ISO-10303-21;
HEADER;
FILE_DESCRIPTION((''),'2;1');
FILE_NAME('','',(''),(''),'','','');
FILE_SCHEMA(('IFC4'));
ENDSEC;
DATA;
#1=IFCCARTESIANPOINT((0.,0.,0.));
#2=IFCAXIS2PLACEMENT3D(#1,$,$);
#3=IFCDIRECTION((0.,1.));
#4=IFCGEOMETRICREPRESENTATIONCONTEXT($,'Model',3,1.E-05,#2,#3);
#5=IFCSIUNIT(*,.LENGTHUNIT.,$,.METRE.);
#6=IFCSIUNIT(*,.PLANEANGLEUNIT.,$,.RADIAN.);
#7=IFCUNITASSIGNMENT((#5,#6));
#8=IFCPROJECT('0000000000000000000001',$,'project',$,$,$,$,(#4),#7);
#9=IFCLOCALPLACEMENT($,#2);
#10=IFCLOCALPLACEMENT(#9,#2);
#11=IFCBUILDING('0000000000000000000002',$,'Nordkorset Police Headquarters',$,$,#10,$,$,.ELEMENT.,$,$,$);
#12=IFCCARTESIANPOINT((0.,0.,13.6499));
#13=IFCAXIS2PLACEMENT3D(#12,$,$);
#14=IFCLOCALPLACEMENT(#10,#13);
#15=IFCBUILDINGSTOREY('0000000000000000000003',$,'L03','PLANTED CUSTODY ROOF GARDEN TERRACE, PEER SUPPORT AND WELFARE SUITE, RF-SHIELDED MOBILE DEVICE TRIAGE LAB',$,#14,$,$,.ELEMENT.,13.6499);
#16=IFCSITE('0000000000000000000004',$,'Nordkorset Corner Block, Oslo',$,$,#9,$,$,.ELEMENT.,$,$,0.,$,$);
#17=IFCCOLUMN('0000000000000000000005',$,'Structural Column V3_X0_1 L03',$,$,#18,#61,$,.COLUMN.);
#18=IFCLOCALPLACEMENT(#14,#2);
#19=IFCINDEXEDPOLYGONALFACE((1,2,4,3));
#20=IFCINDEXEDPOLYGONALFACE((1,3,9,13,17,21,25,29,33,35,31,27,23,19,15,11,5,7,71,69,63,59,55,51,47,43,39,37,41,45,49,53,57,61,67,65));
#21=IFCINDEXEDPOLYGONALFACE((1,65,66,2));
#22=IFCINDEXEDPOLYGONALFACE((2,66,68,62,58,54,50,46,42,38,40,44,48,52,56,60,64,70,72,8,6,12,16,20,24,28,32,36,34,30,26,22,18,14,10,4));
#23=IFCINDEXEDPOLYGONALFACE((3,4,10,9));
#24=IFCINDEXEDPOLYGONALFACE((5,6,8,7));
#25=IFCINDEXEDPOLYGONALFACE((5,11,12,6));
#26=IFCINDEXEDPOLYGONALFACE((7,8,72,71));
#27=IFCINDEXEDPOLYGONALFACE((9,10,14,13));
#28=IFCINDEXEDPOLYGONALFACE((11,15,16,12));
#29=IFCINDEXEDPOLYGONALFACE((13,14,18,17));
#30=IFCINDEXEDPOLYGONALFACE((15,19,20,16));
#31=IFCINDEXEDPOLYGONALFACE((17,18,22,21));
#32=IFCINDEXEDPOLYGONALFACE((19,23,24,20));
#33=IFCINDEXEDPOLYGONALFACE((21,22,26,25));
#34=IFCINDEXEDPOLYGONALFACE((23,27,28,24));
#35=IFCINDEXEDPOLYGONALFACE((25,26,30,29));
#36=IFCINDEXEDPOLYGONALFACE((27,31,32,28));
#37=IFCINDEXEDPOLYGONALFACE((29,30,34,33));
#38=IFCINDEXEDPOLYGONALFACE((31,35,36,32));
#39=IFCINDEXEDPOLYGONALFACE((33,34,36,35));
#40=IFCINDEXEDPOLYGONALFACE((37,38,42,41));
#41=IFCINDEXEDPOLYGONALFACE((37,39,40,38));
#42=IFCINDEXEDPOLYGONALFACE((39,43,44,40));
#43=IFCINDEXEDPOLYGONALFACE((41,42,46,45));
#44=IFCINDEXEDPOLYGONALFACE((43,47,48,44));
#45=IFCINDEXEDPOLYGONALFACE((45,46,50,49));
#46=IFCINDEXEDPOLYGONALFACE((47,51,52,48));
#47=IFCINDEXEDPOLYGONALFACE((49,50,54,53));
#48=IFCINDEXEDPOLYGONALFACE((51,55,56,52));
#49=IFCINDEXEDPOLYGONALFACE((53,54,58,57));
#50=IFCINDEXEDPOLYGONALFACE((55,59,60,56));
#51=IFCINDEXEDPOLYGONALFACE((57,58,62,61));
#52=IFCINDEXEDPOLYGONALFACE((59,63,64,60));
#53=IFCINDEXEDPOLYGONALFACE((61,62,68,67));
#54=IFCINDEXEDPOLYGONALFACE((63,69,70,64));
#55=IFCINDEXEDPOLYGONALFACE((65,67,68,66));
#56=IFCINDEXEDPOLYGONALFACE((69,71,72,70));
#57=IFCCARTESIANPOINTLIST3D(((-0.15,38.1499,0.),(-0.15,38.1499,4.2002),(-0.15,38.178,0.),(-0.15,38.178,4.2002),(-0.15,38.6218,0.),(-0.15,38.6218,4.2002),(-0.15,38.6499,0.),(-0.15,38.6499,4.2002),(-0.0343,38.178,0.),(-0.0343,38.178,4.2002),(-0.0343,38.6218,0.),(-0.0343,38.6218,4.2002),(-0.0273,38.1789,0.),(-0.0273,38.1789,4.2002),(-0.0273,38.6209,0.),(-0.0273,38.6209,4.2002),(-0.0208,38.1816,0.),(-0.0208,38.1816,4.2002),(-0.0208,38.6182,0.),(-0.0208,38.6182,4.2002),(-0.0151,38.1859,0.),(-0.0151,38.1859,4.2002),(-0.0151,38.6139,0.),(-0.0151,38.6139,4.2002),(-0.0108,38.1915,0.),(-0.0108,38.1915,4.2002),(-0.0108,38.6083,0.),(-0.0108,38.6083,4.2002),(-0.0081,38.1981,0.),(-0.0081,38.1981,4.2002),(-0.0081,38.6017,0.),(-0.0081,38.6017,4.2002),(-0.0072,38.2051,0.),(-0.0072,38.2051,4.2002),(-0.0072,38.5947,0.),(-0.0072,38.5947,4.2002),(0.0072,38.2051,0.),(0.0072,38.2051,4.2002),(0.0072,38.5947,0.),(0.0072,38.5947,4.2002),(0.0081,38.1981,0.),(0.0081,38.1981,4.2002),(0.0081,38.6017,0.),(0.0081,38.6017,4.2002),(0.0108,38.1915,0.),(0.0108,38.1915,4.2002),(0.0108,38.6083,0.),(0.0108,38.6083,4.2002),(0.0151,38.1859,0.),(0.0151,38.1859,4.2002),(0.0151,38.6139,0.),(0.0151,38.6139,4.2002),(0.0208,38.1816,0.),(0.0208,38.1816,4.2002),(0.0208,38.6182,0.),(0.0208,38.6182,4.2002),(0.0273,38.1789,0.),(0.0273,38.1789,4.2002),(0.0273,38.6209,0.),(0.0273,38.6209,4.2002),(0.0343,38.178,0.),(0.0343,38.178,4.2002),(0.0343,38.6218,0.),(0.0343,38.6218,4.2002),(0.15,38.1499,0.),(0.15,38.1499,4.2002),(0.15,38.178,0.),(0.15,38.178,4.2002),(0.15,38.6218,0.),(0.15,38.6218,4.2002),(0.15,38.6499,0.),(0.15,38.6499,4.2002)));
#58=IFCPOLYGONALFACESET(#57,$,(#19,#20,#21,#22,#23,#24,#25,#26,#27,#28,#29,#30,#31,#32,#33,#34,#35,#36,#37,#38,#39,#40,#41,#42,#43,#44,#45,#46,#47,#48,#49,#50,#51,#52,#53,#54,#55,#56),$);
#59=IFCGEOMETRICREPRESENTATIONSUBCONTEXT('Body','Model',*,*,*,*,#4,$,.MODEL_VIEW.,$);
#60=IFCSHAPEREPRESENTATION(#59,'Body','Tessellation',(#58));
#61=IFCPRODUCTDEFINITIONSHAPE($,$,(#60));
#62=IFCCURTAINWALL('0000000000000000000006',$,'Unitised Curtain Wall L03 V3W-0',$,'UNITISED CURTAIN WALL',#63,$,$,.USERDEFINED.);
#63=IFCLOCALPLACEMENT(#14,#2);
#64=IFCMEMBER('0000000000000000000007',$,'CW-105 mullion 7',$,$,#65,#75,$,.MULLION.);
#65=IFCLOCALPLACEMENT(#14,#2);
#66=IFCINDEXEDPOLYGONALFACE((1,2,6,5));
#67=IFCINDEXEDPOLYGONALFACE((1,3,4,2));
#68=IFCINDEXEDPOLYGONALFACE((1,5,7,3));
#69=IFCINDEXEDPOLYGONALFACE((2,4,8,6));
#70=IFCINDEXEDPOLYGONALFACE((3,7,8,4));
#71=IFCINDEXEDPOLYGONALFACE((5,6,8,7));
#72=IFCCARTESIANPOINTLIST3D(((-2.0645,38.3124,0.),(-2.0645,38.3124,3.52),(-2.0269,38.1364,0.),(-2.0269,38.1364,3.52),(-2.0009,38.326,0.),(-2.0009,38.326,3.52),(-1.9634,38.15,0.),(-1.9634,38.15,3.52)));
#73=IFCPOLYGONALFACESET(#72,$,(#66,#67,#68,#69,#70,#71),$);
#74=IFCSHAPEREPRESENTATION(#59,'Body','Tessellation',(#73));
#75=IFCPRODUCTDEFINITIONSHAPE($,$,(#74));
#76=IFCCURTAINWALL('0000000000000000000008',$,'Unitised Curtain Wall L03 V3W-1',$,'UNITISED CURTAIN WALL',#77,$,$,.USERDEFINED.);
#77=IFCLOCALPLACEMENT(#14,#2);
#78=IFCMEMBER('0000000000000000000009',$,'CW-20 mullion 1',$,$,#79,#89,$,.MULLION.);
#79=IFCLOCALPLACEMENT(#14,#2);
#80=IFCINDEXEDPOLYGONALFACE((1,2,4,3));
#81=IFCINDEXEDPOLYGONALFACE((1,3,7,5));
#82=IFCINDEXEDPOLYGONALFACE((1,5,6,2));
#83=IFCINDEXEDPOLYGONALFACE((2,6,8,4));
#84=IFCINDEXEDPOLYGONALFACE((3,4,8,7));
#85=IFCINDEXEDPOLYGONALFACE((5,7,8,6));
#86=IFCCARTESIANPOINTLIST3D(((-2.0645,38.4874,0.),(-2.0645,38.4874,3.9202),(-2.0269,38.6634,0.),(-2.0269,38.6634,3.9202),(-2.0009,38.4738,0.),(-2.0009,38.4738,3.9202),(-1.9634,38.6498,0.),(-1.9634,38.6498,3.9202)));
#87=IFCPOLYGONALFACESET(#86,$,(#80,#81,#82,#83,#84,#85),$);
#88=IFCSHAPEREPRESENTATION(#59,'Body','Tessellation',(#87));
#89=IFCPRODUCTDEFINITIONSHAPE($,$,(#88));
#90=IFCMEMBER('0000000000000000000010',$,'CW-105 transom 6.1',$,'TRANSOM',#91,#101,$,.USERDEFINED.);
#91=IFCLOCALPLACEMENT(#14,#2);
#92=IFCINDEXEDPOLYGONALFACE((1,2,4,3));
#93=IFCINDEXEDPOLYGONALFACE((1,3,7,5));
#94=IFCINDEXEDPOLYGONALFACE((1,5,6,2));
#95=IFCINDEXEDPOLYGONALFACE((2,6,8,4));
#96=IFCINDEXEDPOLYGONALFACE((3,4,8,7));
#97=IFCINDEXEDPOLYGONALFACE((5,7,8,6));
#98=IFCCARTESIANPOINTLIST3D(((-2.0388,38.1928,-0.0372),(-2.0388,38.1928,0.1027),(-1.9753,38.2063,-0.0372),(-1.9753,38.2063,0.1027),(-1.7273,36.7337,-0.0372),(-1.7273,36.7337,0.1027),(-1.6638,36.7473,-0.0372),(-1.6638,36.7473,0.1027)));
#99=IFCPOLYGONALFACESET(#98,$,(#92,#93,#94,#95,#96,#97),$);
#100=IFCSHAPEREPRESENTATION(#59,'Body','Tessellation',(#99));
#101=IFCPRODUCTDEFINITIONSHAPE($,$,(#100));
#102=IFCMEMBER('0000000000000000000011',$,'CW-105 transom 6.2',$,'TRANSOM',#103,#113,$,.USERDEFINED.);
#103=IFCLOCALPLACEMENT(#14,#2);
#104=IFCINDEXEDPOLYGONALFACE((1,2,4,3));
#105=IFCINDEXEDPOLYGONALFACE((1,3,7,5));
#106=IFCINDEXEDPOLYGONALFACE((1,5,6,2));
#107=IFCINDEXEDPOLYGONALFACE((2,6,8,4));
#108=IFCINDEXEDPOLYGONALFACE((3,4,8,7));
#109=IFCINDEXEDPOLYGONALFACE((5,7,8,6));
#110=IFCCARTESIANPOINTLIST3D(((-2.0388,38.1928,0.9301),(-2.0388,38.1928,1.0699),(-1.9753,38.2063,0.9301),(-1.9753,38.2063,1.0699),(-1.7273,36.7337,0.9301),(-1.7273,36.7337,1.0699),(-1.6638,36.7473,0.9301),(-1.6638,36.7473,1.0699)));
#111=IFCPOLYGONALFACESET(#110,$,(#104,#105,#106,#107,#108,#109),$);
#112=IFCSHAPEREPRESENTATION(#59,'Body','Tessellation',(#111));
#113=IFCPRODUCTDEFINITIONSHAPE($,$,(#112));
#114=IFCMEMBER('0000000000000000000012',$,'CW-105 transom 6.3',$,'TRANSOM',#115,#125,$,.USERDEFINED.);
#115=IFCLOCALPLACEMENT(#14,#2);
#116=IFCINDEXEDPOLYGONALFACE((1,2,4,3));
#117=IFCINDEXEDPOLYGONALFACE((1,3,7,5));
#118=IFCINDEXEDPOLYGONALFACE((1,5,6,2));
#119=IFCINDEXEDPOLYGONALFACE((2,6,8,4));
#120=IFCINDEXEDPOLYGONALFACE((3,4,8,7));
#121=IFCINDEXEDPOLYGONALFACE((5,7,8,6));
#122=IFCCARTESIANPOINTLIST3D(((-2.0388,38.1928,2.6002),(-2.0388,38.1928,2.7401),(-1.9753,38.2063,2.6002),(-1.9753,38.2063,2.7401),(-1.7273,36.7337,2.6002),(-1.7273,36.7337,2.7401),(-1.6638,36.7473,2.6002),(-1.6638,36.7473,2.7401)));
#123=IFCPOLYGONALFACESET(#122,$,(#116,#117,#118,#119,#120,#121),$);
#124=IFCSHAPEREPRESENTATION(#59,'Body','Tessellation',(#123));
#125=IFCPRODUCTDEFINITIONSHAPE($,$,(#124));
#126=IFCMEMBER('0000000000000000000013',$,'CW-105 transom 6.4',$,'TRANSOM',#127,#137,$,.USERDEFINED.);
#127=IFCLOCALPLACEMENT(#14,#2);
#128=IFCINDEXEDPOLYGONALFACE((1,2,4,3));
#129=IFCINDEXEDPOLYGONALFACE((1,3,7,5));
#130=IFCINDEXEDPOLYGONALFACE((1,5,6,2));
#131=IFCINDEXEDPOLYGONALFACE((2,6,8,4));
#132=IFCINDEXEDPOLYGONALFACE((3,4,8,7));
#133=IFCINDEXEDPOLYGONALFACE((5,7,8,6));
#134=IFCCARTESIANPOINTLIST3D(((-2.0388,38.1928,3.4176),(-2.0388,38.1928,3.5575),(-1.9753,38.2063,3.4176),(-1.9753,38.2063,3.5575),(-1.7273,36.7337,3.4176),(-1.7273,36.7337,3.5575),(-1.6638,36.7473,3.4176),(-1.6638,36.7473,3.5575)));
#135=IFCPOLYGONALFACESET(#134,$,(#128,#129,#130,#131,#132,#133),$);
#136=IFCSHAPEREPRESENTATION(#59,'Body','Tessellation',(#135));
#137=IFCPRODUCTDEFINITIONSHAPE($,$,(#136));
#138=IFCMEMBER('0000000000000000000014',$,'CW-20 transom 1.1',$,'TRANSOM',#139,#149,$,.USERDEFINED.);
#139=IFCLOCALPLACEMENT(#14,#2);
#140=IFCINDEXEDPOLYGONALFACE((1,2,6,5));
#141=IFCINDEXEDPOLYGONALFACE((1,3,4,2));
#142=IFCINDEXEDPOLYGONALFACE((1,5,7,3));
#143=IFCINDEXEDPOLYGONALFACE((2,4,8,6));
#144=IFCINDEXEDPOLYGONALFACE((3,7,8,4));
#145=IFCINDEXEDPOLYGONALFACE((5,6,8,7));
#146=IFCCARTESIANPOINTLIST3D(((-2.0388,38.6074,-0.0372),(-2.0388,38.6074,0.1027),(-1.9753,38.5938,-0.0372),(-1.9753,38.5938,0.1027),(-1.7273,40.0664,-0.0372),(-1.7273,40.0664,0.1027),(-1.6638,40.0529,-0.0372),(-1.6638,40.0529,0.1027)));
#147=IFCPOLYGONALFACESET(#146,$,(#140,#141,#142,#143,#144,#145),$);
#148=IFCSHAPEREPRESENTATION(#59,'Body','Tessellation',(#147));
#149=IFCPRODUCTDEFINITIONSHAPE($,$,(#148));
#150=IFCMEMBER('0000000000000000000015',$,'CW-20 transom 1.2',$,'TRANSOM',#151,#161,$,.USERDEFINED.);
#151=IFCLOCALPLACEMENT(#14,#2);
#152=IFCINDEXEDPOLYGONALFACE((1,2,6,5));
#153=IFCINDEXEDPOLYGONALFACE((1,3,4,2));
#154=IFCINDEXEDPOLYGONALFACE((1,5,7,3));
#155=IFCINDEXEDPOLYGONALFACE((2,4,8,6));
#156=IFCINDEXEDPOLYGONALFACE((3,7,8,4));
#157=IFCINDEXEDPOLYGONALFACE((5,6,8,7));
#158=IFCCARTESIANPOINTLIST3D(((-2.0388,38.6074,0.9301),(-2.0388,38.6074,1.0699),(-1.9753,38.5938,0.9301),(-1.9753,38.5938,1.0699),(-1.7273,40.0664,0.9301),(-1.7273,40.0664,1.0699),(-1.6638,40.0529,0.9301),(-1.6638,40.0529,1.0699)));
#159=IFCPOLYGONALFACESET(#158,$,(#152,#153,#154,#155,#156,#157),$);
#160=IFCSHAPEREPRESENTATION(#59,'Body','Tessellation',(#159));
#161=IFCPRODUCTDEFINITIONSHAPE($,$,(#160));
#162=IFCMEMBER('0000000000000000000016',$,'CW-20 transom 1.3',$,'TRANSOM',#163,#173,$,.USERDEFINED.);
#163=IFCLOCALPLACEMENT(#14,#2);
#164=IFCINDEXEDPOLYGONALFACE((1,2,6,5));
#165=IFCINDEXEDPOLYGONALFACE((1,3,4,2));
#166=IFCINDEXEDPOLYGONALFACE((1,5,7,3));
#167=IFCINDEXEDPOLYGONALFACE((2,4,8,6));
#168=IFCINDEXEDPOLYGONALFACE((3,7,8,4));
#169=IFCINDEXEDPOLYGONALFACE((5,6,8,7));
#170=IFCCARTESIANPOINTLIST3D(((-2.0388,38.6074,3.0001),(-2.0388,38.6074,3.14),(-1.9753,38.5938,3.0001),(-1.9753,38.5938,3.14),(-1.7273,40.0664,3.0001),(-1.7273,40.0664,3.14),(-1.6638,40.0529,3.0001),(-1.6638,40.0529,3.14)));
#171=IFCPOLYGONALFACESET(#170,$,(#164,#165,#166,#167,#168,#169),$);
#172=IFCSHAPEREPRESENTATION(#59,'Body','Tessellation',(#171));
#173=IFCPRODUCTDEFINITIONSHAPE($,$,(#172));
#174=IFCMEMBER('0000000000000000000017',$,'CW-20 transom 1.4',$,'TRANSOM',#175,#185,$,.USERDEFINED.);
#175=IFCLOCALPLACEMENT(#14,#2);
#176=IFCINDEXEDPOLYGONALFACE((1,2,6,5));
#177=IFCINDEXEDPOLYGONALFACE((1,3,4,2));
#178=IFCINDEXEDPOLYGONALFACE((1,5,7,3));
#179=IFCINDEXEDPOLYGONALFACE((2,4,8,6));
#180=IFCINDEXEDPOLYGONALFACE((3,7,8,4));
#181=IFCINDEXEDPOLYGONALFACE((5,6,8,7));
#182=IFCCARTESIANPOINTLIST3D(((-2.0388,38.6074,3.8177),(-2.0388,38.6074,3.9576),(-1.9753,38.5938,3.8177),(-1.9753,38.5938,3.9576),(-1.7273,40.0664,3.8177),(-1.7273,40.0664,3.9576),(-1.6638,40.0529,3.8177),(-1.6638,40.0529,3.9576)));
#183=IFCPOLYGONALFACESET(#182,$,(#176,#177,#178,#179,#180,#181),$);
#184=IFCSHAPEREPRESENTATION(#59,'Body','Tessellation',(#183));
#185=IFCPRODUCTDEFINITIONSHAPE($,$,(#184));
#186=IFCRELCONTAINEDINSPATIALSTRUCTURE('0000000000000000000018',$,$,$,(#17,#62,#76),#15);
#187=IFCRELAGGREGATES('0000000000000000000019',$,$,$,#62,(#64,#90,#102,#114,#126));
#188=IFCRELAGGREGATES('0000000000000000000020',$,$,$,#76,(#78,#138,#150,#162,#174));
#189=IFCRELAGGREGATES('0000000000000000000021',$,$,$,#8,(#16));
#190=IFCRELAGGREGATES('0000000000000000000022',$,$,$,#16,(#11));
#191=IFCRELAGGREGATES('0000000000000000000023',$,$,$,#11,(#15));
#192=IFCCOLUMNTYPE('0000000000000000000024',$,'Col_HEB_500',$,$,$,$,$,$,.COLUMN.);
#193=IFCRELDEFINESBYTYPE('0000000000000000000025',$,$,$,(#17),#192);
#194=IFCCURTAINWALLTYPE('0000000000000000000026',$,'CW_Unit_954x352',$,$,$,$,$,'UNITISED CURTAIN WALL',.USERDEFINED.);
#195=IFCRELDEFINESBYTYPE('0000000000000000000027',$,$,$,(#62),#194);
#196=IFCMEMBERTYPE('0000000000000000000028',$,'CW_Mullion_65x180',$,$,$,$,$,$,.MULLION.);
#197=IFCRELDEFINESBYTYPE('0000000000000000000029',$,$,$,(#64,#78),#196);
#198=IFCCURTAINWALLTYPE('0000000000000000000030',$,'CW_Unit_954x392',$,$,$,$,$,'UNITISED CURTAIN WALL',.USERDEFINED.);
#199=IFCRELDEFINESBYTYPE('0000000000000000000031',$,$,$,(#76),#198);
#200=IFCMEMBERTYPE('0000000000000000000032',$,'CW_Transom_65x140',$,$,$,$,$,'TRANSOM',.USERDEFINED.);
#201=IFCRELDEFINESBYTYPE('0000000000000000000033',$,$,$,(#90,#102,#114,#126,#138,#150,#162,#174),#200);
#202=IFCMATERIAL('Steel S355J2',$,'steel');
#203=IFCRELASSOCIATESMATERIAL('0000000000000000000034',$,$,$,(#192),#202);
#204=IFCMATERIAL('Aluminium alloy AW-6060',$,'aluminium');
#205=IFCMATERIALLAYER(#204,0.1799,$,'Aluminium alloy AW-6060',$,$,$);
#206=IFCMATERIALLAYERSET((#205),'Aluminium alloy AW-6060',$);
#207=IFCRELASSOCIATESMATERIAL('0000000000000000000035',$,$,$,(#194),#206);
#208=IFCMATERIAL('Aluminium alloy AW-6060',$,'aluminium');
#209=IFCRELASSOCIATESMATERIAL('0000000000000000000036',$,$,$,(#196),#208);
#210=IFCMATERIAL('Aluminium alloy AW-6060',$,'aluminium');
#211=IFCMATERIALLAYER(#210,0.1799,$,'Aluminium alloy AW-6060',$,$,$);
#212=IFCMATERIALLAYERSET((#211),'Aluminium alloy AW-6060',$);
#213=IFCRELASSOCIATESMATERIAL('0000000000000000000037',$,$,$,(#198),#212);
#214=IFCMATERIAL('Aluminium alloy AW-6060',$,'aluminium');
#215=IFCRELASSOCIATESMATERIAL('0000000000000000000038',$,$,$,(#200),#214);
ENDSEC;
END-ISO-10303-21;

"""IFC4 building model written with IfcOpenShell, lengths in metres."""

from ifc_helpers import new_model, si_unit, direction, frame, origin, origin_2d, place, context, subcontext, project, spatial, rectangle, i_section, extrude, material, layer, layer_set, material_profile, profile_set, type_object, element, aggregate, save


model = new_model("IFC4")

# Units and contexts
model_context = context("Model", 3, precision=1e-05, world=origin(), true_north=direction((0.0, 1.0)))
body_context = subcontext(model_context, "Body", "Model", "MODEL_VIEW")
ifc_project = project(units=[si_unit("LENGTHUNIT", "METRE"), si_unit("PLANEANGLEUNIT", "RADIAN")], contexts=[model_context])

# Site, building, storey
site_placement = place(None, origin())
site = spatial("IfcSite", under=ifc_project, at=site_placement, Name="Nordkorset Corner Block, Oslo", CompositionType="ELEMENT", RefElevation=0.0)
building_placement = place(site_placement, origin())
building = spatial("IfcBuilding", under=site, at=building_placement, Name="Nordkorset Police Headquarters", CompositionType="ELEMENT")
storey_placement = place(building_placement, frame((0.0, 0.0, 13.6499)))
storey = spatial("IfcBuildingStorey", under=building, at=storey_placement, Name="L03", Description="PLANTED CUSTODY ROOF GARDEN TERRACE, PEER SUPPORT AND WELFARE SUITE, RF-SHIELDED MOBILE DEVICE TRIAGE LAB", CompositionType="ELEMENT", Elevation=13.6499)

# Column
ifc_material_1 = material(Name="Steel S355J2", Category="steel")
ifc_material_profile_1 = material_profile(ifc_material_1, i_section(OverallWidth=0.3, OverallDepth=0.5, WebThickness=0.0144, FlangeThickness=0.0281, FilletRadius=0.0271, at=origin_2d()), Name="HEB 500")
ifc_profile_set_1 = profile_set([ifc_material_profile_1], Name="Steel S355J2")
column_type = type_object("IfcColumnType", Name="Col_HEB_500", PredefinedType="COLUMN", material=ifc_profile_set_1)
column_placement = place(storey_placement, frame((0.0, 38.3999, 0.0), z_axis=(0.0, 0.0, 1.0), x_axis=(1.0, 0.0, 0.0)))
element("IfcColumn", 1, at=column_placement, inside=storey, type_object=column_type, Name="Structural Column V3_X0_1 L03", PredefinedType="COLUMN", context=body_context, shape_type="SweptSolid", body=[
    extrude(i_section(OverallWidth=0.3, OverallDepth=0.5, WebThickness=0.0144, FlangeThickness=0.0281, FilletRadius=0.0271, at=origin_2d()), origin(), (0.0, 0.0, 1.0), 4.2002),
])

# Curtain walls, members
ifc_material_2 = material(Name="Aluminium alloy AW-6060", Category="aluminium")
ifc_layer_1 = layer(ifc_material_2, 0.1799, Name="Aluminium alloy AW-6060")
ifc_layer_set_1 = layer_set([ifc_layer_1], Name="Aluminium alloy AW-6060")
curtain_wall_type_1 = type_object("IfcCurtainWallType", Name="CW_Unit_954x352", ElementType="UNITISED CURTAIN WALL", PredefinedType="USERDEFINED", material=ifc_layer_set_1)
curtain_wall_1_placement = place(storey_placement, origin())
curtain_wall_1 = element("IfcCurtainWall", 2, at=curtain_wall_1_placement, inside=storey, type_object=curtain_wall_type_1, Name="Unitised Curtain Wall L03 V3W-0", ObjectType="UNITISED CURTAIN WALL", PredefinedType="USERDEFINED")
ifc_material_3 = material(Name="Aluminium alloy AW-6060", Category="aluminium")
ifc_material_profile_2 = material_profile(ifc_material_3, rectangle(XDim=0.0649, YDim=0.1799, at=origin_2d()), Name="ALU MULL 65x180")
ifc_profile_set_2 = profile_set([ifc_material_profile_2], Name="Aluminium alloy AW-6060")
member_type_1 = type_object("IfcMemberType", Name="CW_Mullion_65x180", PredefinedType="MULLION", material=ifc_profile_set_2)
member_1_placement = place(storey_placement, frame((-2.0139, 38.2312, 0.0), z_axis=(0.0, 0.0, 1.0), x_axis=(-0.977951, -0.208833, 0.0)))
member_1 = element("IfcMember", 3, at=member_1_placement, type_object=member_type_1, Name="CW-105 mullion 7", PredefinedType="MULLION", context=body_context, shape_type="SweptSolid", body=[
    extrude(rectangle(XDim=0.0649, YDim=0.1799, at=origin_2d()), origin(), (0.0, 0.0, 1.0), 3.52),
])
ifc_material_4 = material(Name="Aluminium alloy AW-6060", Category="aluminium")
ifc_layer_2 = layer(ifc_material_4, 0.1799, Name="Aluminium alloy AW-6060")
ifc_layer_set_2 = layer_set([ifc_layer_2], Name="Aluminium alloy AW-6060")
curtain_wall_type_2 = type_object("IfcCurtainWallType", Name="CW_Unit_954x392", ElementType="UNITISED CURTAIN WALL", PredefinedType="USERDEFINED", material=ifc_layer_set_2)
curtain_wall_2_placement = place(storey_placement, origin())
curtain_wall_2 = element("IfcCurtainWall", 4, at=curtain_wall_2_placement, inside=storey, type_object=curtain_wall_type_2, Name="Unitised Curtain Wall L03 V3W-1", ObjectType="UNITISED CURTAIN WALL", PredefinedType="USERDEFINED")
member_2_placement = place(storey_placement, frame((-2.0139, 38.5686, 0.0), z_axis=(0.0, 0.0, 1.0), x_axis=(-0.977951, 0.208833, 0.0)))
member_2 = element("IfcMember", 5, at=member_2_placement, type_object=member_type_1, Name="CW-20 mullion 1", PredefinedType="MULLION", context=body_context, shape_type="SweptSolid", body=[
    extrude(rectangle(XDim=0.0649, YDim=0.1799, at=origin_2d()), origin(), (0.0, 0.0, 1.0), 3.9202),
])

# Members
ifc_material_5 = material(Name="Aluminium alloy AW-6060", Category="aluminium")
ifc_material_profile_3 = material_profile(ifc_material_5, rectangle(XDim=0.0649, YDim=0.1399, at=origin_2d()), Name="ALU TRAN 65x140")
ifc_profile_set_3 = profile_set([ifc_material_profile_3], Name="Aluminium alloy AW-6060")
member_type_2 = type_object("IfcMemberType", Name="CW_Transom_65x140", ElementType="TRANSOM", PredefinedType="USERDEFINED", material=ifc_profile_set_3)
member_3_placement = place(storey_placement, frame((-1.6956, 36.7405, 0.0327), z_axis=(-0.208814, 0.977955, 0.0), x_axis=(-0.977955, -0.208814, 0.0)))
member_3 = element("IfcMember", 6, at=member_3_placement, type_object=member_type_2, Name="CW-105 transom 6.1", ObjectType="TRANSOM", PredefinedType="USERDEFINED", context=body_context, shape_type="SweptSolid", body=[
    extrude(rectangle(XDim=0.0649, YDim=0.1399, at=origin_2d()), origin(), (0.0, 0.0, 1.0), 1.4919),
])
member_4_placement = place(storey_placement, frame((-1.6956, 36.7405, 1.0), z_axis=(-0.208814, 0.977955, 0.0), x_axis=(-0.977955, -0.208814, 0.0)))
member_4 = element("IfcMember", 7, at=member_4_placement, type_object=member_type_2, Name="CW-105 transom 6.2", ObjectType="TRANSOM", PredefinedType="USERDEFINED", context=body_context, shape_type="SweptSolid", body=[
    extrude(rectangle(XDim=0.0649, YDim=0.1399, at=origin_2d()), origin(), (0.0, 0.0, 1.0), 1.4919),
])
member_5_placement = place(storey_placement, frame((-1.6956, 36.7405, 2.6702), z_axis=(-0.208814, 0.977955, 0.0), x_axis=(-0.977955, -0.208814, 0.0)))
member_5 = element("IfcMember", 8, at=member_5_placement, type_object=member_type_2, Name="CW-105 transom 6.3", ObjectType="TRANSOM", PredefinedType="USERDEFINED", context=body_context, shape_type="SweptSolid", body=[
    extrude(rectangle(XDim=0.0649, YDim=0.1399, at=origin_2d()), origin(), (0.0, 0.0, 1.0), 1.4919),
])
member_6_placement = place(storey_placement, frame((-1.6956, 36.7405, 3.4875), z_axis=(-0.208814, 0.977955, 0.0), x_axis=(-0.977955, -0.208814, 0.0)))
member_6 = element("IfcMember", 9, at=member_6_placement, type_object=member_type_2, Name="CW-105 transom 6.4", ObjectType="TRANSOM", PredefinedType="USERDEFINED", context=body_context, shape_type="SweptSolid", body=[
    extrude(rectangle(XDim=0.0649, YDim=0.1399, at=origin_2d()), origin(), (0.0, 0.0, 1.0), 1.4919),
])
member_7_placement = place(storey_placement, frame((-2.0071, 38.6006, 0.0327), z_axis=(0.208814, 0.977955, 0.0), x_axis=(-0.977955, 0.208814, 0.0)))
member_7 = element("IfcMember", 10, at=member_7_placement, type_object=member_type_2, Name="CW-20 transom 1.1", ObjectType="TRANSOM", PredefinedType="USERDEFINED", context=body_context, shape_type="SweptSolid", body=[
    extrude(rectangle(XDim=0.0649, YDim=0.1399, at=origin_2d()), origin(), (0.0, 0.0, 1.0), 1.4919),
])
member_8_placement = place(storey_placement, frame((-2.0071, 38.6006, 1.0), z_axis=(0.208814, 0.977955, 0.0), x_axis=(-0.977955, 0.208814, 0.0)))
member_8 = element("IfcMember", 11, at=member_8_placement, type_object=member_type_2, Name="CW-20 transom 1.2", ObjectType="TRANSOM", PredefinedType="USERDEFINED", context=body_context, shape_type="SweptSolid", body=[
    extrude(rectangle(XDim=0.0649, YDim=0.1399, at=origin_2d()), origin(), (0.0, 0.0, 1.0), 1.4919),
])
member_9_placement = place(storey_placement, frame((-2.0071, 38.6006, 3.0701), z_axis=(0.208814, 0.977955, 0.0), x_axis=(-0.977955, 0.208814, 0.0)))
member_9 = element("IfcMember", 12, at=member_9_placement, type_object=member_type_2, Name="CW-20 transom 1.3", ObjectType="TRANSOM", PredefinedType="USERDEFINED", context=body_context, shape_type="SweptSolid", body=[
    extrude(rectangle(XDim=0.0649, YDim=0.1399, at=origin_2d()), origin(), (0.0, 0.0, 1.0), 1.4919),
])
member_10_placement = place(storey_placement, frame((-2.0071, 38.6006, 3.8877), z_axis=(0.208814, 0.977955, 0.0), x_axis=(-0.977955, 0.208814, 0.0)))
member_10 = element("IfcMember", 13, at=member_10_placement, type_object=member_type_2, Name="CW-20 transom 1.4", ObjectType="TRANSOM", PredefinedType="USERDEFINED", context=body_context, shape_type="SweptSolid", body=[
    extrude(rectangle(XDim=0.0649, YDim=0.1399, at=origin_2d()), origin(), (0.0, 0.0, 1.0), 1.4919),
])

aggregate(curtain_wall_1, [member_1, member_3, member_4, member_5, member_6])
aggregate(curtain_wall_2, [member_2, member_7, member_8, member_9, member_10])

save(model, "model.ifc")
